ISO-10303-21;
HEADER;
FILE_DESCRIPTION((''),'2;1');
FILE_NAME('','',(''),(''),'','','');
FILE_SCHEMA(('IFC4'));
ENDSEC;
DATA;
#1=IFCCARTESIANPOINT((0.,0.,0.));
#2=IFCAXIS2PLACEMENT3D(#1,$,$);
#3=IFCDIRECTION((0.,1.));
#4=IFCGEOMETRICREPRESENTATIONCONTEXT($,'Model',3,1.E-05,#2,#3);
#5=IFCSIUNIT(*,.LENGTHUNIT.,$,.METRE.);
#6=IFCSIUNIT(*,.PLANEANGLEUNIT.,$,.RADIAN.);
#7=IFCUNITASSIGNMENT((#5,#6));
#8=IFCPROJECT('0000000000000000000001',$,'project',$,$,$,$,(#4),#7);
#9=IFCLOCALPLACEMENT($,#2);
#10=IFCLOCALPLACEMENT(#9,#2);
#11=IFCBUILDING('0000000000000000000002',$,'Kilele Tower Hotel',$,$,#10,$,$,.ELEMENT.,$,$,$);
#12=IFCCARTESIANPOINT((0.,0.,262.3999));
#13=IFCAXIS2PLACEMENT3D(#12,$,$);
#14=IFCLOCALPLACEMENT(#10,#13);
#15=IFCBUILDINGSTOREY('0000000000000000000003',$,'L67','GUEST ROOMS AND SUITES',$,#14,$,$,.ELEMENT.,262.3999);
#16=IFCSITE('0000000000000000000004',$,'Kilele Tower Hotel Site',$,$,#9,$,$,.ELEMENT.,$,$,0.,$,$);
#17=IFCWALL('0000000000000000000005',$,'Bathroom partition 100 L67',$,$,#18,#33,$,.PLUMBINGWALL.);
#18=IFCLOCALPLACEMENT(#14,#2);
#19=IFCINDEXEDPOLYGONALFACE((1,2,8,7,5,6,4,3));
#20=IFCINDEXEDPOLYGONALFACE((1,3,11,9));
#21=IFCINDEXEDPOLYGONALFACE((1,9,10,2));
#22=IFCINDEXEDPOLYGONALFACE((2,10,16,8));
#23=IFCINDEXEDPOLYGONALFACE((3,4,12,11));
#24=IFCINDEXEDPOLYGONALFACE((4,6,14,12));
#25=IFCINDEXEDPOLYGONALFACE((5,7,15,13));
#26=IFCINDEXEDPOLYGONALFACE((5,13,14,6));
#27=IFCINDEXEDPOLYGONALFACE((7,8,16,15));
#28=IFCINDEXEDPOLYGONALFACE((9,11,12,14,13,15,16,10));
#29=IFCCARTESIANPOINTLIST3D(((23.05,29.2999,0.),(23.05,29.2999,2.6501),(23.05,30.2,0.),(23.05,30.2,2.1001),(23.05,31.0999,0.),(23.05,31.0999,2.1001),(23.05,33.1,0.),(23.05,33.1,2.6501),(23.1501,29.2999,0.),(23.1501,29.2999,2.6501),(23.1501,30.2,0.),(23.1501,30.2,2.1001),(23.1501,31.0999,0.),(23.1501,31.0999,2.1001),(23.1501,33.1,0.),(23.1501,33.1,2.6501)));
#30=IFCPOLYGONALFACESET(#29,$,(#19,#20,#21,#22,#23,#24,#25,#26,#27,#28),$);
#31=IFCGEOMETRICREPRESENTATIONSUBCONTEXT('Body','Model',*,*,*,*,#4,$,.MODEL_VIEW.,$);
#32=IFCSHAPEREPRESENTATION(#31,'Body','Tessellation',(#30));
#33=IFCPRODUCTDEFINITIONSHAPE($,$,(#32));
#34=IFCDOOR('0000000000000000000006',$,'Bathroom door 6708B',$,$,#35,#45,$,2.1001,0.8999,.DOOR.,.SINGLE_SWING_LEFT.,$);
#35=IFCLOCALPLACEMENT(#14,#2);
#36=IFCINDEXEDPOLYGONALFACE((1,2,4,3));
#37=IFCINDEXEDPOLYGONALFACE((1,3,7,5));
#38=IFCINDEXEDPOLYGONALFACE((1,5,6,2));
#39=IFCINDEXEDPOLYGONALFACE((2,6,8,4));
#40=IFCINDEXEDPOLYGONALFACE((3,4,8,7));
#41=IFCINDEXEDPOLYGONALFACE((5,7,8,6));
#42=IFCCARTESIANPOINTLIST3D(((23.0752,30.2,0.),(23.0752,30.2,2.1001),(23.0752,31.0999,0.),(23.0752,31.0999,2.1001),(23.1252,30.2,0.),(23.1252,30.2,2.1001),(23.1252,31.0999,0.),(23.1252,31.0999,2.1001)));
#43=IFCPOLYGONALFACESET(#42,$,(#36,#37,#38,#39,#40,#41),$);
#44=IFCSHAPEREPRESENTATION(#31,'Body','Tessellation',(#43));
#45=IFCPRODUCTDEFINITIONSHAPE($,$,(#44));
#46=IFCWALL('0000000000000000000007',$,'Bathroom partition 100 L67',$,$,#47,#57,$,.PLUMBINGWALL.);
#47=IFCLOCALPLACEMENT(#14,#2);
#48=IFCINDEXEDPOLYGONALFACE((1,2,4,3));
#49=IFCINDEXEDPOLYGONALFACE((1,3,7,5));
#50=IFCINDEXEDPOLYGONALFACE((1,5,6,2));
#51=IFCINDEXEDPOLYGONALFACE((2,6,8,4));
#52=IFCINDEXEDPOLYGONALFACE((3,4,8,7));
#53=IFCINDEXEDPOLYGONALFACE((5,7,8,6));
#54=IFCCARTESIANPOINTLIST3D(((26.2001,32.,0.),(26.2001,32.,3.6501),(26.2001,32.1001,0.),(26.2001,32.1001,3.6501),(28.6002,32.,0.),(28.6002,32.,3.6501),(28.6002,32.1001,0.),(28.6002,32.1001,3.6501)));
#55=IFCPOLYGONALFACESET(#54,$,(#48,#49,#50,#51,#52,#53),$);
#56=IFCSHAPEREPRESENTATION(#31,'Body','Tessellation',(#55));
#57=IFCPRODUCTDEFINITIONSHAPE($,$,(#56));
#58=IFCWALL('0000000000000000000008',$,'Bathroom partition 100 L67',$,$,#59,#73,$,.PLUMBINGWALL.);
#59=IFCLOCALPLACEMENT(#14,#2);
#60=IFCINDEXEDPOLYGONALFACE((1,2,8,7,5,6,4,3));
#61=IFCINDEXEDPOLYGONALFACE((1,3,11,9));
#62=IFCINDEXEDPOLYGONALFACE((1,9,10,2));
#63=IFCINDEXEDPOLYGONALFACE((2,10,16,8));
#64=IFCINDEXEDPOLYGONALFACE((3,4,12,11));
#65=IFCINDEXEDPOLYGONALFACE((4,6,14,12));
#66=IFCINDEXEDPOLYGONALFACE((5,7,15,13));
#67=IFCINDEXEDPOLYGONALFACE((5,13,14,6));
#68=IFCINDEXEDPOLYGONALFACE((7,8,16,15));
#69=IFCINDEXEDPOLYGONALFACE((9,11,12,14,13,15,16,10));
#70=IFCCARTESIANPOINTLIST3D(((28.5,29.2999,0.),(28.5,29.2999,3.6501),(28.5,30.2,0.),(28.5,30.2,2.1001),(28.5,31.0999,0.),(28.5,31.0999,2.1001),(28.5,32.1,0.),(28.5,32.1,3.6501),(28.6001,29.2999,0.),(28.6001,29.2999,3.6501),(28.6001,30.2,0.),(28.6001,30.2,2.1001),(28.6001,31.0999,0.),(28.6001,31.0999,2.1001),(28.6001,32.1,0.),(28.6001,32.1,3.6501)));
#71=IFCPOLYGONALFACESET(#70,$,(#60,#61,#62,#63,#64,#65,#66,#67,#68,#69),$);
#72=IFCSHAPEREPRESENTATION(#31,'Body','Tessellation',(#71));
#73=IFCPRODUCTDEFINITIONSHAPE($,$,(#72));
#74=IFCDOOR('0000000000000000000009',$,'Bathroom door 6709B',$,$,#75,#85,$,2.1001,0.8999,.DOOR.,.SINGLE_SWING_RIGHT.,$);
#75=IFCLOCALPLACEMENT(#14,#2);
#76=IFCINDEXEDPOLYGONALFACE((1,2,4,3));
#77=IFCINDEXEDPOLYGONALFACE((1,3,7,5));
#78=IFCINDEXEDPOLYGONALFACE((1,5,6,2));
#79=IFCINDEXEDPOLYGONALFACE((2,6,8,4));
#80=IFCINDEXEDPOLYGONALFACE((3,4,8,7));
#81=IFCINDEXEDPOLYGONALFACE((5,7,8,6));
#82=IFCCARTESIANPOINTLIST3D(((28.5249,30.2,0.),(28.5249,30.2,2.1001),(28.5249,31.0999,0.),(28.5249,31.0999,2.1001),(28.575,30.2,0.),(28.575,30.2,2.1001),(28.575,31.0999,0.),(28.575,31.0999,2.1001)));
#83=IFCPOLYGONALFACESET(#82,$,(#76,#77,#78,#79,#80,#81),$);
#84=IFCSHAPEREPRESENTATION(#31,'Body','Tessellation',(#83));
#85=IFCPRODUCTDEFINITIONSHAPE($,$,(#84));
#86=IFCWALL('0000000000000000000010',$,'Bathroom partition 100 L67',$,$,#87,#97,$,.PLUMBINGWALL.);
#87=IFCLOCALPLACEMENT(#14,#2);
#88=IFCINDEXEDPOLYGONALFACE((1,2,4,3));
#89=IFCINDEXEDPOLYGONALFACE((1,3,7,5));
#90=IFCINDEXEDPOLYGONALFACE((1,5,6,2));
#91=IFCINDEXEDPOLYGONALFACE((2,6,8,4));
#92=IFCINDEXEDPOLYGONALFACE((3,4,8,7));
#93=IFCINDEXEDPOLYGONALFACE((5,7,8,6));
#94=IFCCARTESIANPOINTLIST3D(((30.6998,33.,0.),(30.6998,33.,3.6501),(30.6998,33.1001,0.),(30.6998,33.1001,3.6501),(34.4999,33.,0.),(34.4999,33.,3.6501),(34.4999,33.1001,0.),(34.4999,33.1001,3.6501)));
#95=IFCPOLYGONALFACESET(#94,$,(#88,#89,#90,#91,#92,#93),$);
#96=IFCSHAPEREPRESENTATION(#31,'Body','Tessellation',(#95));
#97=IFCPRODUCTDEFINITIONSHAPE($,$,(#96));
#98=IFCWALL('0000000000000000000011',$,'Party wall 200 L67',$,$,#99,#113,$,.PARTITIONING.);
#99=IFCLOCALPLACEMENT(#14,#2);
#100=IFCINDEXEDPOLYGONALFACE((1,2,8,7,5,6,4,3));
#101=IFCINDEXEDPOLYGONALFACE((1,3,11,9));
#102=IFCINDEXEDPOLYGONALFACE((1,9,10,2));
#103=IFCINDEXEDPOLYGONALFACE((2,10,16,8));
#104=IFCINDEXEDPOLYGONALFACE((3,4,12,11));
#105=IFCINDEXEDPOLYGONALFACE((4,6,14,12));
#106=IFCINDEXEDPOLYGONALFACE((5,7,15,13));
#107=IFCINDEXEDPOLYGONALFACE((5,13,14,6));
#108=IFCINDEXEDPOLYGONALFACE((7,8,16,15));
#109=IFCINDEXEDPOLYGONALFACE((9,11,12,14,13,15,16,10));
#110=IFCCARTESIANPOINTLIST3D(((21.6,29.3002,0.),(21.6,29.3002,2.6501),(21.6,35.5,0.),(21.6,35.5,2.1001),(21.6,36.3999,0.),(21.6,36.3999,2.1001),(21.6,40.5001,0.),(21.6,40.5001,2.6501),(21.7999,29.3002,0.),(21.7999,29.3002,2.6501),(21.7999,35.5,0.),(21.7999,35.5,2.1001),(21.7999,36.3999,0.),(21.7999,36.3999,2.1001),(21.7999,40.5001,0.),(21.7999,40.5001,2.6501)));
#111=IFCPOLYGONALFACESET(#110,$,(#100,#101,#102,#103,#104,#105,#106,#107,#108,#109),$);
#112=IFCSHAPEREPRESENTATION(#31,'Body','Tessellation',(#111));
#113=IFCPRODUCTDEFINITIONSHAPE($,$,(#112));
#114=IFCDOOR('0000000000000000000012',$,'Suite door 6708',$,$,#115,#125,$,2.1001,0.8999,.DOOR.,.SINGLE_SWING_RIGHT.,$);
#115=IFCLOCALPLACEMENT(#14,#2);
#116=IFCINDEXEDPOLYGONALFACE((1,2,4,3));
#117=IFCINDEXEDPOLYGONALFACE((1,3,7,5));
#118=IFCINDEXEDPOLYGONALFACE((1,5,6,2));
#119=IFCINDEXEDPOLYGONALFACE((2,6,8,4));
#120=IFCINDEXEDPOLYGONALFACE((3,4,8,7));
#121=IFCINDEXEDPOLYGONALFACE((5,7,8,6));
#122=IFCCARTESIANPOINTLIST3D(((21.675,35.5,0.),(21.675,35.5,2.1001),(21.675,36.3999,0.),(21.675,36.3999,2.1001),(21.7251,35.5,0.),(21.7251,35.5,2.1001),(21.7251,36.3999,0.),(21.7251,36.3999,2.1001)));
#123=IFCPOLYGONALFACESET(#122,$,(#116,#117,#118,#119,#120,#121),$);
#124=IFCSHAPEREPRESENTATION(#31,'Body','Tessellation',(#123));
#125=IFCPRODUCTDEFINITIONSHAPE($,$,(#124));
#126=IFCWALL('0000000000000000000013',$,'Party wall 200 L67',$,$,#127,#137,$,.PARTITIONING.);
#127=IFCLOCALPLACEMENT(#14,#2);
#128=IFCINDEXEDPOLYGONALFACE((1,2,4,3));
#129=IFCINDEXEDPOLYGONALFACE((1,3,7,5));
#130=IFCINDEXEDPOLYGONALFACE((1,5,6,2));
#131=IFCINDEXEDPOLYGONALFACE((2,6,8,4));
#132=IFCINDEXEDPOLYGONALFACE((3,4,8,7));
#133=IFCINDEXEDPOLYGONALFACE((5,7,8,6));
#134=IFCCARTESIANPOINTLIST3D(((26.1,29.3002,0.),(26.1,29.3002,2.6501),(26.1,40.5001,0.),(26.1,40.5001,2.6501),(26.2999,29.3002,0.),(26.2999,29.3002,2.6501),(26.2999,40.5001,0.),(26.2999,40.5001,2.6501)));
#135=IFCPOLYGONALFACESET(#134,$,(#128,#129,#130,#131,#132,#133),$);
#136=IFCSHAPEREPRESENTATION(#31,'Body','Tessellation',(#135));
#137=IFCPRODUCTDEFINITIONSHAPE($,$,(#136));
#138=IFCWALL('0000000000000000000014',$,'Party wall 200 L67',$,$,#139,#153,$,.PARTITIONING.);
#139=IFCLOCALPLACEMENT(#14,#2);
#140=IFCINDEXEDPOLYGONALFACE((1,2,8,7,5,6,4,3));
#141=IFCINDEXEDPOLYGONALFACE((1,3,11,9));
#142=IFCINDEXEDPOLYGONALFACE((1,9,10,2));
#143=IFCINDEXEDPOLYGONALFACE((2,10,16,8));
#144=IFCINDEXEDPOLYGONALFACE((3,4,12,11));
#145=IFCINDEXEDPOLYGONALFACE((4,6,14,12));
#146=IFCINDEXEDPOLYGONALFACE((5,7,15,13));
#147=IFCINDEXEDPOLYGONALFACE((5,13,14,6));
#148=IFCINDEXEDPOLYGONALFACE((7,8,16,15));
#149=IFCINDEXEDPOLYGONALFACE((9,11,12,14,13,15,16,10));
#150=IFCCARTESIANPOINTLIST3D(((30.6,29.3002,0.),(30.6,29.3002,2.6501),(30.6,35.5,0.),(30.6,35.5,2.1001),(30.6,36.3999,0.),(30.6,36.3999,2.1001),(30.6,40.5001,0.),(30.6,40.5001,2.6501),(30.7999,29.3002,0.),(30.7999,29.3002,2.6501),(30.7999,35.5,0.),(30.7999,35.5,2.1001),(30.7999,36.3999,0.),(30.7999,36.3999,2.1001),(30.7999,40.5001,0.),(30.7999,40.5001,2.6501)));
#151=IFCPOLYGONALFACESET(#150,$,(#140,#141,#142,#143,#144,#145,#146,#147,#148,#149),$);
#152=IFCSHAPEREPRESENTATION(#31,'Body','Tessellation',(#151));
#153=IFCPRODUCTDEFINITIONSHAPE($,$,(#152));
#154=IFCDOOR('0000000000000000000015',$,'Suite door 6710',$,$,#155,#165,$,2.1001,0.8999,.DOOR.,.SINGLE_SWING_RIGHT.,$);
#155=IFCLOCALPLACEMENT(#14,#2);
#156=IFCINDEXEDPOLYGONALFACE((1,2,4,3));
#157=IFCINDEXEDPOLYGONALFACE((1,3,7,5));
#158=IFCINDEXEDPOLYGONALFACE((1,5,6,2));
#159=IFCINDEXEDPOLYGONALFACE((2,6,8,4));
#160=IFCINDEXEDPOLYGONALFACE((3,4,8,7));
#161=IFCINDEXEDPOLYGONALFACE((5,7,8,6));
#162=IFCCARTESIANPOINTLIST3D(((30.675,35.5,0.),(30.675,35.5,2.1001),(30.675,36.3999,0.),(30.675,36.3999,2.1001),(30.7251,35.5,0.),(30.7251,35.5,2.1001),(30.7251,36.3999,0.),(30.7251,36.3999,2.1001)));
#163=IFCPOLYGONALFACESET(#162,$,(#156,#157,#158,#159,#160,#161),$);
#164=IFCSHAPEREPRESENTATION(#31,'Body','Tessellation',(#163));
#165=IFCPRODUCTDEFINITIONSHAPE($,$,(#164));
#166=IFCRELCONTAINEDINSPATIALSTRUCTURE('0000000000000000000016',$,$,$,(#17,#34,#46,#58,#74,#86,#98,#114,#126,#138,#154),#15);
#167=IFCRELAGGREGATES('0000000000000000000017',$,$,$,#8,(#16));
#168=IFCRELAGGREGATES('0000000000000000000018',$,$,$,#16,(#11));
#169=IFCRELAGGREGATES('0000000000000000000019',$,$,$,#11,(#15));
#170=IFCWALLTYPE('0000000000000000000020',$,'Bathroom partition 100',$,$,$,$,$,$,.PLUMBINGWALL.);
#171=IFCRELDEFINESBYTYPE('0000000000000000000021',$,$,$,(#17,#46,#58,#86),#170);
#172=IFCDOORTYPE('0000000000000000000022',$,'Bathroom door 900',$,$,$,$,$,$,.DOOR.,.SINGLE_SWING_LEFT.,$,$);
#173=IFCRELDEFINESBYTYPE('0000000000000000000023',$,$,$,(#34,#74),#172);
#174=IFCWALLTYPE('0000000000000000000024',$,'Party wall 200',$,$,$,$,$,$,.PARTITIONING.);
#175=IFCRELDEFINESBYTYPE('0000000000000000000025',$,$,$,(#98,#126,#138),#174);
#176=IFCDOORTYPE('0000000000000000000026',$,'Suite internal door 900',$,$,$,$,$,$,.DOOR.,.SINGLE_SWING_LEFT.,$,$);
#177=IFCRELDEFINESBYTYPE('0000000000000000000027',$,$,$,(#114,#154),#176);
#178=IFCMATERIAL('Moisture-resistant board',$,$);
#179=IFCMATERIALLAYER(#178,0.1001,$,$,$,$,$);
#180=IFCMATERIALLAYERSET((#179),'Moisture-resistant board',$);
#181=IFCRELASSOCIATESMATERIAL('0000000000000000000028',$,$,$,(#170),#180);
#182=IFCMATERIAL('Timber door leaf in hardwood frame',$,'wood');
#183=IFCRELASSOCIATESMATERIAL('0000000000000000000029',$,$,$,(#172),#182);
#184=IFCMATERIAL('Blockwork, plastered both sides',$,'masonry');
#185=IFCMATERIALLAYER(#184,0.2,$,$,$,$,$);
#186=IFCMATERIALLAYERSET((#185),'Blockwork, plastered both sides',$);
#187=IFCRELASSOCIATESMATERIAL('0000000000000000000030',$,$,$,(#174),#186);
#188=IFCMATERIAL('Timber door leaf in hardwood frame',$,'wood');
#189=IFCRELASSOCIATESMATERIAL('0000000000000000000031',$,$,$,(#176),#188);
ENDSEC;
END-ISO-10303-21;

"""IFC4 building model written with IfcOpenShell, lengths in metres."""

from ifc_helpers import new_model, si_unit, direction, frame, frame_2d, origin, place, context, subcontext, project, spatial, rectangle, extrude, material, layer, layer_set, type_object, element, fill, save


model = new_model("IFC4")

# Units and contexts
model_context = context("Model", 3, precision=1e-05, world=origin(), true_north=direction((0.0, 1.0)))
body_context = subcontext(model_context, "Body", "Model", "MODEL_VIEW")
ifc_project = project(units=[si_unit("LENGTHUNIT", "METRE"), si_unit("PLANEANGLEUNIT", "RADIAN")], contexts=[model_context])

# Site, building, storey
site_placement = place(None, origin())
site = spatial("IfcSite", under=ifc_project, at=site_placement, Name="Kilele Tower Hotel Site", CompositionType="ELEMENT", RefElevation=0.0)
building_placement = place(site_placement, origin())
building = spatial("IfcBuilding", under=site, at=building_placement, Name="Kilele Tower Hotel", CompositionType="ELEMENT")
storey_placement = place(building_placement, frame((0.0, 0.0, 262.3999)))
storey = spatial("IfcBuildingStorey", under=building, at=storey_placement, Name="L67", Description="GUEST ROOMS AND SUITES", CompositionType="ELEMENT", Elevation=262.3999)

# Shared definitions
ifc_material_1 = material(Name="Moisture-resistant board")
ifc_layer_1 = layer(ifc_material_1, 0.1001)
ifc_layer_set_1 = layer_set([ifc_layer_1], Name="Moisture-resistant board")
wall_type_1 = type_object("IfcWallType", Name="Bathroom partition 100", PredefinedType="PLUMBINGWALL", material=ifc_layer_set_1)

# Shared definitions
ifc_material_2 = material(Name="Timber door leaf in hardwood frame", Category="wood")
door_type_1 = type_object("IfcDoorType", Name="Bathroom door 900", OperationType="SINGLE_SWING_LEFT", PredefinedType="DOOR", material=ifc_material_2)

# Wall, opening, door
wall_1_placement = place(storey_placement, frame((23.1001, 29.3, 0.0), z_axis=(0.0, 0.0, 1.0), x_axis=(0.0, 1.0, 0.0)))
wall_1 = element("IfcWall", 1, at=wall_1_placement, inside=storey, type_object=wall_type_1, Name="Bathroom partition 100 L67", PredefinedType="PLUMBINGWALL", context=body_context, shape_type="SweptSolid", body=[
    extrude(rectangle(XDim=3.8, YDim=0.1001, at=frame_2d((1.8999, 0.0))), origin(), (0.0, 0.0, 1.0), 2.6501),
])
opening_1_placement = place(wall_1_placement, frame((0.8999, 0.0, 0.0)))
opening_1 = element("IfcOpeningElement", 2, at=opening_1_placement, cuts=wall_1, PredefinedType="OPENING", context=body_context, shape_type="SweptSolid", body=[
    extrude(rectangle(XDim=0.8999, YDim=2.1001, at=frame_2d((0.45, 1.05))), frame((0.0, 0.0601, 0.0), z_axis=(0.0, -1.0, 0.0), x_axis=(1.0, 0.0, 0.0)), (0.0, 0.0, 1.0), 0.1201),
])
door_1_placement = place(opening_1_placement, origin())
door_1 = element("IfcDoor", 3, at=door_1_placement, inside=storey, type_object=door_type_1, Name="Bathroom door 6708B", OperationType="SINGLE_SWING_LEFT", OverallHeight=2.1001, OverallWidth=0.8999, PredefinedType="DOOR", context=body_context, shape_type="SweptSolid", body=[
    extrude(rectangle(XDim=0.8999, YDim=2.1001, at=frame_2d((0.45, 1.05))), frame((0.0, 0.0249, 0.0), z_axis=(0.0, -1.0, 0.0), x_axis=(1.0, 0.0, 0.0)), (0.0, 0.0, 1.0), 0.05),
])
fill(opening_1, door_1)

# Wall
wall_2_placement = place(storey_placement, frame((26.2, 32.05, 0.0), z_axis=(0.0, 0.0, 1.0), x_axis=(1.0, 0.0, 0.0)))
element("IfcWall", 4, at=wall_2_placement, inside=storey, type_object=wall_type_1, Name="Bathroom partition 100 L67", PredefinedType="PLUMBINGWALL", context=body_context, shape_type="SweptSolid", body=[
    extrude(rectangle(XDim=2.4001, YDim=0.1001, at=frame_2d((1.2002, 0.0))), origin(), (0.0, 0.0, 1.0), 3.6501),
])

# Wall, opening, door
wall_3_placement = place(storey_placement, frame((28.55, 29.3, 0.0), z_axis=(0.0, 0.0, 1.0), x_axis=(0.0, 1.0, 0.0)))
wall_3 = element("IfcWall", 5, at=wall_3_placement, inside=storey, type_object=wall_type_1, Name="Bathroom partition 100 L67", PredefinedType="PLUMBINGWALL", context=body_context, shape_type="SweptSolid", body=[
    extrude(rectangle(XDim=2.8, YDim=0.1001, at=frame_2d((1.3999, 0.0))), origin(), (0.0, 0.0, 1.0), 3.6501),
])
opening_2_placement = place(wall_3_placement, frame((1.7998, 0.0, 0.0), z_axis=(0.0, 0.0, 1.0), x_axis=(-1.0, 0.0, 0.0)))
opening_2 = element("IfcOpeningElement", 6, at=opening_2_placement, cuts=wall_3, PredefinedType="OPENING", context=body_context, shape_type="SweptSolid", body=[
    extrude(rectangle(XDim=0.8999, YDim=2.1001, at=frame_2d((0.45, 1.05))), frame((0.0, 0.0601, 0.0), z_axis=(0.0, -1.0, 0.0), x_axis=(1.0, 0.0, 0.0)), (0.0, 0.0, 1.0), 0.1201),
])
door_2_placement = place(opening_2_placement, origin())
door_2 = element("IfcDoor", 7, at=door_2_placement, inside=storey, type_object=door_type_1, Name="Bathroom door 6709B", OperationType="SINGLE_SWING_RIGHT", OverallHeight=2.1001, OverallWidth=0.8999, PredefinedType="DOOR", context=body_context, shape_type="SweptSolid", body=[
    extrude(rectangle(XDim=0.8999, YDim=2.1001, at=frame_2d((0.45, 1.05))), frame((0.0, 0.0249, 0.0), z_axis=(0.0, -1.0, 0.0), x_axis=(1.0, 0.0, 0.0)), (0.0, 0.0, 1.0), 0.05),
])
fill(opening_2, door_2)

# Wall
wall_4_placement = place(storey_placement, frame((30.7, 33.05, 0.0), z_axis=(0.0, 0.0, 1.0), x_axis=(1.0, 0.0, 0.0)))
element("IfcWall", 8, at=wall_4_placement, inside=storey, type_object=wall_type_1, Name="Bathroom partition 100 L67", PredefinedType="PLUMBINGWALL", context=body_context, shape_type="SweptSolid", body=[
    extrude(rectangle(XDim=3.8, YDim=0.1001, at=frame_2d((1.8999, 0.0))), origin(), (0.0, 0.0, 1.0), 3.6501),
])

# Wall, opening, door
ifc_material_3 = material(Name="Blockwork, plastered both sides", Category="masonry")
ifc_layer_2 = layer(ifc_material_3, 0.2)
ifc_layer_set_2 = layer_set([ifc_layer_2], Name="Blockwork, plastered both sides")
wall_type_2 = type_object("IfcWallType", Name="Party wall 200", PredefinedType="PARTITIONING", material=ifc_layer_set_2)
wall_5_placement = place(storey_placement, frame((21.7, 29.3, 0.0), z_axis=(0.0, 0.0, 1.0), x_axis=(0.0, 1.0, 0.0)))
wall_5 = element("IfcWall", 9, at=wall_5_placement, inside=storey, type_object=wall_type_2, Name="Party wall 200 L67", PredefinedType="PARTITIONING", context=body_context, shape_type="SweptSolid", body=[
    extrude(rectangle(XDim=11.2, YDim=0.2, at=frame_2d((5.6001, 0.0))), origin(), (0.0, 0.0, 1.0), 2.6501),
])
opening_3_placement = place(wall_5_placement, frame((6.2, 0.0, 0.0)))
opening_3 = element("IfcOpeningElement", 10, at=opening_3_placement, cuts=wall_5, PredefinedType="OPENING", context=body_context, shape_type="SweptSolid", body=[
    extrude(rectangle(XDim=0.8999, YDim=2.1001, at=frame_2d((0.45, 1.05))), frame((0.0, 0.1099, 0.0), z_axis=(0.0, -1.0, 0.0), x_axis=(1.0, 0.0, 0.0)), (0.0, 0.0, 1.0), 0.22),
])
ifc_material_4 = material(Name="Timber door leaf in hardwood frame", Category="wood")
door_type_2 = type_object("IfcDoorType", Name="Suite internal door 900", OperationType="SINGLE_SWING_LEFT", PredefinedType="DOOR", material=ifc_material_4)
door_3_placement = place(opening_3_placement, origin())
door_3 = element("IfcDoor", 11, at=door_3_placement, inside=storey, type_object=door_type_2, Name="Suite door 6708", OperationType="SINGLE_SWING_RIGHT", OverallHeight=2.1001, OverallWidth=0.8999, PredefinedType="DOOR", context=body_context, shape_type="SweptSolid", body=[
    extrude(rectangle(XDim=0.8999, YDim=2.1001, at=frame_2d((0.45, 1.05))), frame((0.0, 0.0249, 0.0), z_axis=(0.0, -1.0, 0.0), x_axis=(1.0, 0.0, 0.0)), (0.0, 0.0, 1.0), 0.05),
])
fill(opening_3, door_3)

# Wall
wall_6_placement = place(storey_placement, frame((26.2, 29.3, 0.0), z_axis=(0.0, 0.0, 1.0), x_axis=(0.0, 1.0, 0.0)))
element("IfcWall", 12, at=wall_6_placement, inside=storey, type_object=wall_type_2, Name="Party wall 200 L67", PredefinedType="PARTITIONING", context=body_context, shape_type="SweptSolid", body=[
    extrude(rectangle(XDim=11.2, YDim=0.2, at=frame_2d((5.6001, 0.0))), origin(), (0.0, 0.0, 1.0), 2.6501),
])

# Wall, opening, door
wall_7_placement = place(storey_placement, frame((30.7, 29.3, 0.0), z_axis=(0.0, 0.0, 1.0), x_axis=(0.0, 1.0, 0.0)))
wall_7 = element("IfcWall", 13, at=wall_7_placement, inside=storey, type_object=wall_type_2, Name="Party wall 200 L67", PredefinedType="PARTITIONING", context=body_context, shape_type="SweptSolid", body=[
    extrude(rectangle(XDim=11.2, YDim=0.2, at=frame_2d((5.6001, 0.0))), origin(), (0.0, 0.0, 1.0), 2.6501),
])
opening_4_placement = place(wall_7_placement, frame((6.2, 0.0, 0.0)))
opening_4 = element("IfcOpeningElement", 14, at=opening_4_placement, cuts=wall_7, PredefinedType="OPENING", context=body_context, shape_type="SweptSolid", body=[
    extrude(rectangle(XDim=0.8999, YDim=2.1001, at=frame_2d((0.45, 1.05))), frame((0.0, 0.1099, 0.0), z_axis=(0.0, -1.0, 0.0), x_axis=(1.0, 0.0, 0.0)), (0.0, 0.0, 1.0), 0.22),
])
door_4_placement = place(opening_4_placement, origin())
door_4 = element("IfcDoor", 15, at=door_4_placement, inside=storey, type_object=door_type_2, Name="Suite door 6710", OperationType="SINGLE_SWING_RIGHT", OverallHeight=2.1001, OverallWidth=0.8999, PredefinedType="DOOR", context=body_context, shape_type="SweptSolid", body=[
    extrude(rectangle(XDim=0.8999, YDim=2.1001, at=frame_2d((0.45, 1.05))), frame((0.0, 0.0249, 0.0), z_axis=(0.0, -1.0, 0.0), x_axis=(1.0, 0.0, 0.0)), (0.0, 0.0, 1.0), 0.05),
])
fill(opening_4, door_4)

save(model, "model.ifc")
